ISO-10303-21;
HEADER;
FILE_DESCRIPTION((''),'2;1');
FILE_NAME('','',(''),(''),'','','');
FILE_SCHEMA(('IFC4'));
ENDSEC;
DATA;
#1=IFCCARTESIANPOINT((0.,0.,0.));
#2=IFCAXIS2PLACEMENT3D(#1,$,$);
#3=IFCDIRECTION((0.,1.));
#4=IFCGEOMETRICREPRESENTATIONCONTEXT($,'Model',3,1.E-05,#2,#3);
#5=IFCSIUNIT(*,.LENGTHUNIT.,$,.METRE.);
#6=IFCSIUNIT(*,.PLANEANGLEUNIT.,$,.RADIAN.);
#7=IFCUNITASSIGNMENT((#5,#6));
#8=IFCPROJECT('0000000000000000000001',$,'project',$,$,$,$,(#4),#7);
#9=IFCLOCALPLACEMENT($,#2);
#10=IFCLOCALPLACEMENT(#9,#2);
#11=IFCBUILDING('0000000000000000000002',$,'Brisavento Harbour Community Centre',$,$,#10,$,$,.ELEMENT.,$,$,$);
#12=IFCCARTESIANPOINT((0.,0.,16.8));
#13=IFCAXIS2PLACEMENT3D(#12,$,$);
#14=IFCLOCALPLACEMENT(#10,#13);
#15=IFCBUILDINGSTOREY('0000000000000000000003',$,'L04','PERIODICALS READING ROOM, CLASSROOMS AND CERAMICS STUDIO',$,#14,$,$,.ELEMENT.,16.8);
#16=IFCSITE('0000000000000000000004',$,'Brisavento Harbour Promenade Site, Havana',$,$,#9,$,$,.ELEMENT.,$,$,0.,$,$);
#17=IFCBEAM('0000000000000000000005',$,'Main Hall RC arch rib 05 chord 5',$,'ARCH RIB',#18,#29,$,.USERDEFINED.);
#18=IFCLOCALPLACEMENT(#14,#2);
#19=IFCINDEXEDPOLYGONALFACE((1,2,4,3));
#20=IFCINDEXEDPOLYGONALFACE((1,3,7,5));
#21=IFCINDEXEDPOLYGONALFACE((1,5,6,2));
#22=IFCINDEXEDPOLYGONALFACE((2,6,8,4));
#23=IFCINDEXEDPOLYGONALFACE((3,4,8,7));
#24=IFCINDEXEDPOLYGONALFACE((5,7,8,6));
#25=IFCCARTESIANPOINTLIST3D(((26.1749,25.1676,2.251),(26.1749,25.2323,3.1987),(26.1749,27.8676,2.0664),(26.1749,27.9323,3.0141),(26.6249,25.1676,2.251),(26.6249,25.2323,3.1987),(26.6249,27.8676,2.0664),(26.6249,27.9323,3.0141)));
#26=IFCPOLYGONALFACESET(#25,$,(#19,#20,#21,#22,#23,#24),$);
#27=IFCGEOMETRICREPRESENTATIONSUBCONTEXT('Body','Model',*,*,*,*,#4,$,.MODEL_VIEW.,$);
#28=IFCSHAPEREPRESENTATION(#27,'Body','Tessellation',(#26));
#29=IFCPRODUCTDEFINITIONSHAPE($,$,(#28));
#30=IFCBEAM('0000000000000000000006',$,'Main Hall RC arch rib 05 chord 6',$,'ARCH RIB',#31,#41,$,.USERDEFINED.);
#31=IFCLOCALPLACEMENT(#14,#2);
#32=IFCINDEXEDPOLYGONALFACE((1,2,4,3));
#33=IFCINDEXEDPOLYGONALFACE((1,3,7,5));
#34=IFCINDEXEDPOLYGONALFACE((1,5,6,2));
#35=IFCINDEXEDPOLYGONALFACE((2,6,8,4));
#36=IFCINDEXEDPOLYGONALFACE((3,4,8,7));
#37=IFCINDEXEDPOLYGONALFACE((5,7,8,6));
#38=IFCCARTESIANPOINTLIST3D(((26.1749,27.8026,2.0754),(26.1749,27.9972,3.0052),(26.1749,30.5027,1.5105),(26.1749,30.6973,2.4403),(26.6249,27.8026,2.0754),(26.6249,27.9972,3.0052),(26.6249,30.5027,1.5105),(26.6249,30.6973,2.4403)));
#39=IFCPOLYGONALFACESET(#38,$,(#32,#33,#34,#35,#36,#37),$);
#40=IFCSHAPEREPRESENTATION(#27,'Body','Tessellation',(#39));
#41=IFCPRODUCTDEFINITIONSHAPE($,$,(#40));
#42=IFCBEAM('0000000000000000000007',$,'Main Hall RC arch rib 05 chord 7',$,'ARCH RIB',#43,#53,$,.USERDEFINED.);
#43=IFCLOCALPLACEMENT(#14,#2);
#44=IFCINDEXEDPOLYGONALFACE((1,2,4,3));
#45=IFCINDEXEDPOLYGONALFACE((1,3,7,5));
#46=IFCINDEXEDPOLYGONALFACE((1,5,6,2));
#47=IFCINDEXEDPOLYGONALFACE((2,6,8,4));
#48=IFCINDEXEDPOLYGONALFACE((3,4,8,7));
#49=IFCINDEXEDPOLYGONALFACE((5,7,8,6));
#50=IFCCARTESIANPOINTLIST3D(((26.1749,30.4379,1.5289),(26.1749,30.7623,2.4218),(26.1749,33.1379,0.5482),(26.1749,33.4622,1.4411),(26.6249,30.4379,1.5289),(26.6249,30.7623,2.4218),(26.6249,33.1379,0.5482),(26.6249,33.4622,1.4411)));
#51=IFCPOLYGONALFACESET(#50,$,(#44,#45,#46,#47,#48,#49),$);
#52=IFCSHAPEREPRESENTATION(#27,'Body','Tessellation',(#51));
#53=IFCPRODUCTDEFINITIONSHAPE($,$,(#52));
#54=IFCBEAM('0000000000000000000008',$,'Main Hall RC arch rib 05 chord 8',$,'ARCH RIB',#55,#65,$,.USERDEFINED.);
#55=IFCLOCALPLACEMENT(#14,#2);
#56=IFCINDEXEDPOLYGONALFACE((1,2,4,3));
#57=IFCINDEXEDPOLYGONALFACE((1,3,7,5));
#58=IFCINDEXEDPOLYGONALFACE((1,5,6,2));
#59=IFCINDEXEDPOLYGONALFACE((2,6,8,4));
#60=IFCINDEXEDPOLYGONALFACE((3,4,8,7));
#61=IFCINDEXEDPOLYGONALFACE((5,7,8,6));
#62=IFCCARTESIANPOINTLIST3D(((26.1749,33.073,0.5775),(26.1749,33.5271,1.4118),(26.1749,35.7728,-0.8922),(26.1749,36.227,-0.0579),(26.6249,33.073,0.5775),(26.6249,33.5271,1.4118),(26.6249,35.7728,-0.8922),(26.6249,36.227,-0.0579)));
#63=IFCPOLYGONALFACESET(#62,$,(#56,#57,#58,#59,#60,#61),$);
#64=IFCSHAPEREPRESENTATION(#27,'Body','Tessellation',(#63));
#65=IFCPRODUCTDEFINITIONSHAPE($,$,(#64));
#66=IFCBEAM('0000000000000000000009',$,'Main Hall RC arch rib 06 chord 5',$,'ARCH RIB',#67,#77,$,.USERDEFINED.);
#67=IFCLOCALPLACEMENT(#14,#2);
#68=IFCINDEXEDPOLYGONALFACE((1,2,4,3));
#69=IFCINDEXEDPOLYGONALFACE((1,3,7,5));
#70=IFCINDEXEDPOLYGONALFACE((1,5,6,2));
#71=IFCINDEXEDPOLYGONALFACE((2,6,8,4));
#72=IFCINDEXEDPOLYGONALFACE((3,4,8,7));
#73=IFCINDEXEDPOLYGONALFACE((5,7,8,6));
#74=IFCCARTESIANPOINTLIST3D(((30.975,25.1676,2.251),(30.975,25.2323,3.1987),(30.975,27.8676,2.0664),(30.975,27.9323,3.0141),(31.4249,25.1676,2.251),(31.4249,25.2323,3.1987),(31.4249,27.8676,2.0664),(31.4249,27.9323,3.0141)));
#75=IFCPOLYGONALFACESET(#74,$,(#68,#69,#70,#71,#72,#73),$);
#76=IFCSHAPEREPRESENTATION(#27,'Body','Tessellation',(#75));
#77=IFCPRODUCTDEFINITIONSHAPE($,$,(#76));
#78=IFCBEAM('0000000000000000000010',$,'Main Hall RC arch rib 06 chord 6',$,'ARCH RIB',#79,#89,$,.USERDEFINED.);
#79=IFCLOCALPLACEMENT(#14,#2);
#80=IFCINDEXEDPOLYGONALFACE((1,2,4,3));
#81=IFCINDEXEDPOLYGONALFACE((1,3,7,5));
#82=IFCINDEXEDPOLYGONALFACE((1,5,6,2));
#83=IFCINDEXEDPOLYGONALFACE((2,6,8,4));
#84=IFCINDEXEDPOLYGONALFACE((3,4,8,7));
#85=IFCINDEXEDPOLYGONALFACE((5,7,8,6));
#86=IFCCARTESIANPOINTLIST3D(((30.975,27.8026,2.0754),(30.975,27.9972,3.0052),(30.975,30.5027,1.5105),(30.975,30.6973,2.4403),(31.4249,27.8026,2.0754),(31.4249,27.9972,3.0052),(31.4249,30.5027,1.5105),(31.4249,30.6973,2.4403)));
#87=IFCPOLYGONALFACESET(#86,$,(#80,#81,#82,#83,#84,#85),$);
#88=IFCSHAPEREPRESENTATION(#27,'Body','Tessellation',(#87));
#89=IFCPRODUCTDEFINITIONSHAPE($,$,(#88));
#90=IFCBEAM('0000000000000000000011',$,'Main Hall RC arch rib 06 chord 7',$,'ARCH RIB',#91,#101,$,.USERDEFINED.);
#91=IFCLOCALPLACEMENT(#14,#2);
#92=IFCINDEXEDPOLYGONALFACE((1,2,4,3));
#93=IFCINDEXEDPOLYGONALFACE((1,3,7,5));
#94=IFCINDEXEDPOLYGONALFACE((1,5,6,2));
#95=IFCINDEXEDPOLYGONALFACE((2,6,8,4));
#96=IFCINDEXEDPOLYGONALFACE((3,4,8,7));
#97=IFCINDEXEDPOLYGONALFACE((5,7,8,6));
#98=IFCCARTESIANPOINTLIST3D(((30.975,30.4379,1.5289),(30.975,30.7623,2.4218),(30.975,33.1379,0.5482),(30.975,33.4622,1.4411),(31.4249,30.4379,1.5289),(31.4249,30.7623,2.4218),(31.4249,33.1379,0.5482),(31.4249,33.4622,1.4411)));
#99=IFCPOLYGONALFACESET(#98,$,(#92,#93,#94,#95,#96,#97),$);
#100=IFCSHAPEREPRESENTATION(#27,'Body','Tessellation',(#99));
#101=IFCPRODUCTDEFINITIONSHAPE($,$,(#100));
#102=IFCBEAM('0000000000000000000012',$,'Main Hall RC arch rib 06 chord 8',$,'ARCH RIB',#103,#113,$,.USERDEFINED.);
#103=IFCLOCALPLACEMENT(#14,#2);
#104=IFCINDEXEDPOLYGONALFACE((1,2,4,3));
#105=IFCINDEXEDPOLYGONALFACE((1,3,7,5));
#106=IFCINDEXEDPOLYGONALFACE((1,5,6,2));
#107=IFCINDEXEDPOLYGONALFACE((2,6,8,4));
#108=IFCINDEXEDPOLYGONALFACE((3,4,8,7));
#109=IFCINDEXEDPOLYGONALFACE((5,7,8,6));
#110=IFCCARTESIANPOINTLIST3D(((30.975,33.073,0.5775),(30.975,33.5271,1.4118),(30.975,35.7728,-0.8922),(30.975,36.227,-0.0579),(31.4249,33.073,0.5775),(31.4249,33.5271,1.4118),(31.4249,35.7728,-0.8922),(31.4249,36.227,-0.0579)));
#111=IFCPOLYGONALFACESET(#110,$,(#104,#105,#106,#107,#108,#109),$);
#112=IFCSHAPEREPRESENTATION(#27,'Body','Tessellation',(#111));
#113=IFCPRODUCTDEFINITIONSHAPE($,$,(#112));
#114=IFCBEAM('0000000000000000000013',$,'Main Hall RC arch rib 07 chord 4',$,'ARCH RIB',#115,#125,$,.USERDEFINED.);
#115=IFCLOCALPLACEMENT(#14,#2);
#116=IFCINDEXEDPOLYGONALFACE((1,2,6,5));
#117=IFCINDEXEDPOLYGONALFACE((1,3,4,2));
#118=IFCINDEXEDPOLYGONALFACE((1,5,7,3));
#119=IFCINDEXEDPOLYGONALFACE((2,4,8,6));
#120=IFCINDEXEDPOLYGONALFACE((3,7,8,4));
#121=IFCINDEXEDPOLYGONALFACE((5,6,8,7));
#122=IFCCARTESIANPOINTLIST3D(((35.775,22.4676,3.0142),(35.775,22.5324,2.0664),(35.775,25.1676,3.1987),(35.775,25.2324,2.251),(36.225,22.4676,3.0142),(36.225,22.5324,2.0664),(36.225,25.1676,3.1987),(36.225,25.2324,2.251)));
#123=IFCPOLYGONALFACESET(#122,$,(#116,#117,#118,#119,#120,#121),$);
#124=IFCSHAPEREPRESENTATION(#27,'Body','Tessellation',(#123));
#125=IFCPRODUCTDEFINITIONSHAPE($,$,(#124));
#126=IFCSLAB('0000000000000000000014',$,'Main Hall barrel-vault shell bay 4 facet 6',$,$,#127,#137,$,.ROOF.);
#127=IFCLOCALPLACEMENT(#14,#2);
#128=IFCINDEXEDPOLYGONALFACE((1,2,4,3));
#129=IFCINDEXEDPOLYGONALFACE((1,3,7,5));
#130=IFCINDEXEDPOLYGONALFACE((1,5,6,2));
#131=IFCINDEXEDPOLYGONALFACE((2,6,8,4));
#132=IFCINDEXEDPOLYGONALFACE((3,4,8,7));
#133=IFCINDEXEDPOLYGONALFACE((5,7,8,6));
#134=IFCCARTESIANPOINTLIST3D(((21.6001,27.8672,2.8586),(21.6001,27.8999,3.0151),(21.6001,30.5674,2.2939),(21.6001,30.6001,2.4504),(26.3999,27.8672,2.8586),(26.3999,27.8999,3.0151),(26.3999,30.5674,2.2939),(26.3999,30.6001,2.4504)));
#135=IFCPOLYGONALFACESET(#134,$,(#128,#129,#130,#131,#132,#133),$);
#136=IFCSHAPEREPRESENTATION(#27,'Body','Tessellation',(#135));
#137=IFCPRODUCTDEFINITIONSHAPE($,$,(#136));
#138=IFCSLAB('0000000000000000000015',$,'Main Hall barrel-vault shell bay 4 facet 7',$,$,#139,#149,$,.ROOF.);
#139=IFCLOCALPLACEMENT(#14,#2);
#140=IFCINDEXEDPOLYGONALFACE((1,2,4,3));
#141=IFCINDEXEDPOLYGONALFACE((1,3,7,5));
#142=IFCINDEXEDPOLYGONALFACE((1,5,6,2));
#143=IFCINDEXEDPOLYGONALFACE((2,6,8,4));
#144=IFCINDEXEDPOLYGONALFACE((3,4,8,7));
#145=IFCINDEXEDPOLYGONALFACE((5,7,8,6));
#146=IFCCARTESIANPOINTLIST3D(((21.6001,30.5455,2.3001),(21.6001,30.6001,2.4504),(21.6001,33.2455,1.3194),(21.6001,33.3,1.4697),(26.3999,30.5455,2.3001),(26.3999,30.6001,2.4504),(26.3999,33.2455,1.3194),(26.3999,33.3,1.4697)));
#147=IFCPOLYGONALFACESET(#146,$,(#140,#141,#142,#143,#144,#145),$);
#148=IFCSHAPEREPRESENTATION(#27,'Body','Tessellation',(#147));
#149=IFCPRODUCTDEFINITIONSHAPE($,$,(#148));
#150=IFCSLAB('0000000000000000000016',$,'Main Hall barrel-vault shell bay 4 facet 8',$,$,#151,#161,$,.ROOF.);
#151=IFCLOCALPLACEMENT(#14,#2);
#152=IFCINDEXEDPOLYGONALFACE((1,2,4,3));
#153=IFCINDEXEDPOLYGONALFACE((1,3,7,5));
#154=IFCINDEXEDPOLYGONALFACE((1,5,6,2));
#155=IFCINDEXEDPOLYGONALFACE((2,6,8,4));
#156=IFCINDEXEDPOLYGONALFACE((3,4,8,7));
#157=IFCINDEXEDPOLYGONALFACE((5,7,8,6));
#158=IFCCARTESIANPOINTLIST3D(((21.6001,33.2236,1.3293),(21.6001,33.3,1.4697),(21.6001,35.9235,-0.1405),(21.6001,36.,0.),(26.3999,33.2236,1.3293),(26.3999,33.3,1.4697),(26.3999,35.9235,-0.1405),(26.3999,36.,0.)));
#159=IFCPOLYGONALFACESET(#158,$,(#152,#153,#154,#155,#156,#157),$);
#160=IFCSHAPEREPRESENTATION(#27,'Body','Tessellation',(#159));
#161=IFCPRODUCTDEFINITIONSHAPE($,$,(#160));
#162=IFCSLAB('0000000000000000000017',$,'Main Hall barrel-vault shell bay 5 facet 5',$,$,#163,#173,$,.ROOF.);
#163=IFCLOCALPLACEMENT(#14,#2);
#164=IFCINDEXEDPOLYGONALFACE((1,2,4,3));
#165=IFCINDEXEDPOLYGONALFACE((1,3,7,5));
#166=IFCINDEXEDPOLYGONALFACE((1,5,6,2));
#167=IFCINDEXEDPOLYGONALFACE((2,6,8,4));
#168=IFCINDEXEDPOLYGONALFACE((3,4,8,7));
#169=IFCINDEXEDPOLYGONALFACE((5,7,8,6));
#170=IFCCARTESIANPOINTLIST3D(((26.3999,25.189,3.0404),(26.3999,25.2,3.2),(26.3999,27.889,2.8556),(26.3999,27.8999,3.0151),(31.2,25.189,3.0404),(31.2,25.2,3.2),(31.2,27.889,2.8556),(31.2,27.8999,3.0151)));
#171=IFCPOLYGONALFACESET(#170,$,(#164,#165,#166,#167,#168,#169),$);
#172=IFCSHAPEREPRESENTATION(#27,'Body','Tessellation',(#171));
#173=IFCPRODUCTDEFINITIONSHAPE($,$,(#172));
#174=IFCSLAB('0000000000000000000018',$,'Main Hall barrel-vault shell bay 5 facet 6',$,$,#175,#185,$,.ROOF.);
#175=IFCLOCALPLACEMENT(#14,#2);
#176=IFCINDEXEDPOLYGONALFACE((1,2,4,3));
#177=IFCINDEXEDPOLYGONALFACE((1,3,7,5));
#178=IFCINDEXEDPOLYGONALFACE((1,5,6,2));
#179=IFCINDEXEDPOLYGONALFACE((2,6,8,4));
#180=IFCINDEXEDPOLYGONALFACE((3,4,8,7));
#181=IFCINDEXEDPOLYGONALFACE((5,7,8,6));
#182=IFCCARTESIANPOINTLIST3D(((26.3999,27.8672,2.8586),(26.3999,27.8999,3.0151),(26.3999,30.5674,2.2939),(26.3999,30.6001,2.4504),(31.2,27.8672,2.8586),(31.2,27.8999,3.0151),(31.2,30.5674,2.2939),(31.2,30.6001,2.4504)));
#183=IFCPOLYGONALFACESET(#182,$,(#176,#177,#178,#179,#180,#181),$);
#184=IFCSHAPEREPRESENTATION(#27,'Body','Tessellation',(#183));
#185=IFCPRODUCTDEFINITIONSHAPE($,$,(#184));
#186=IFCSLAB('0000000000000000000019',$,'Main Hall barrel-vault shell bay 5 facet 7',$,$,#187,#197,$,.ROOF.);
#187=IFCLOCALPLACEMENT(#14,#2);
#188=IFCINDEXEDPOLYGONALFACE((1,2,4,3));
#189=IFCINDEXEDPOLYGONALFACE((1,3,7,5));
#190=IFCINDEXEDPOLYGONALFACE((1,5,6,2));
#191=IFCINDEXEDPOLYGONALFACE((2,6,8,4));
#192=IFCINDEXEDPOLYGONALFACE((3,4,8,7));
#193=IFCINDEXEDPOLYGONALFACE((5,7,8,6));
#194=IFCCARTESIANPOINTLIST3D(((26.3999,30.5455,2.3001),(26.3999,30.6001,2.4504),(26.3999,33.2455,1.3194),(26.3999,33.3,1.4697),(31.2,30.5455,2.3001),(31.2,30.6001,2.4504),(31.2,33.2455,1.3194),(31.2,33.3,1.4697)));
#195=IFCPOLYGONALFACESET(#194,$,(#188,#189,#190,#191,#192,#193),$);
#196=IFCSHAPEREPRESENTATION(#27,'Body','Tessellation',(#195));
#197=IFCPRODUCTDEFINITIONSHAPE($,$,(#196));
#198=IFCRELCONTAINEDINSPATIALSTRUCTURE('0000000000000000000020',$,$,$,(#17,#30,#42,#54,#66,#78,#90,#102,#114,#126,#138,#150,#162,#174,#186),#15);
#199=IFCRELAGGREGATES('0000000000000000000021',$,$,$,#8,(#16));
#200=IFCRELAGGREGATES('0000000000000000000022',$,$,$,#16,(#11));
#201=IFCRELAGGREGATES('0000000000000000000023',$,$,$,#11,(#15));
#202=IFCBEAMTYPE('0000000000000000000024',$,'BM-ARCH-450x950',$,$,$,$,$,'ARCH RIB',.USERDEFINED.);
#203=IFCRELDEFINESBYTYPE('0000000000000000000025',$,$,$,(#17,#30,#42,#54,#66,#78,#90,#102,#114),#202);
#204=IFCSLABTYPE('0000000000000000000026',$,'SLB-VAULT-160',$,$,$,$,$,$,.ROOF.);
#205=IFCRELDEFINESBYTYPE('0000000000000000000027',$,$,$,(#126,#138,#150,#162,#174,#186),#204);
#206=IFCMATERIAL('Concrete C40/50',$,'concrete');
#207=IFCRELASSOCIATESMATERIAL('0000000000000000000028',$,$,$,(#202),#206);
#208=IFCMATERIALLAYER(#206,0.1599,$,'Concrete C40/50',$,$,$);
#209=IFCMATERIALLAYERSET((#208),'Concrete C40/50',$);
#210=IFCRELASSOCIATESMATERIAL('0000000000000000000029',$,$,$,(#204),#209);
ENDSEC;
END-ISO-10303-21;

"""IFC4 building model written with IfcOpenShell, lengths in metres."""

from ifc_helpers import new_model, si_unit, direction, frame, origin, origin_2d, place, context, subcontext, project, spatial, polyline, rectangle, outline, extrude, material, layer, layer_set, material_profile, profile_set, type_object, element, save


model = new_model("IFC4")

# Units and contexts
model_context = context("Model", 3, precision=1e-05, world=origin(), true_north=direction((0.0, 1.0)))
body_context = subcontext(model_context, "Body", "Model", "MODEL_VIEW")
ifc_project = project(units=[si_unit("LENGTHUNIT", "METRE"), si_unit("PLANEANGLEUNIT", "RADIAN")], contexts=[model_context])

# Site, building, storey
site_placement = place(None, origin())
site = spatial("IfcSite", under=ifc_project, at=site_placement, Name="Brisavento Harbour Promenade Site, Havana", CompositionType="ELEMENT", RefElevation=0.0)
building_placement = place(site_placement, origin())
building = spatial("IfcBuilding", under=site, at=building_placement, Name="Brisavento Harbour Community Centre", CompositionType="ELEMENT")
storey_placement = place(building_placement, frame((0.0, 0.0, 16.8)))
storey = spatial("IfcBuildingStorey", under=building, at=storey_placement, Name="L04", Description="PERIODICALS READING ROOM, CLASSROOMS AND CERAMICS STUDIO", CompositionType="ELEMENT", Elevation=16.8)

# Beams
ifc_material = material(Name="Concrete C40/50", Category="concrete")
ifc_material_profile = material_profile(ifc_material, rectangle(XDim=0.45, YDim=0.95, at=origin_2d()), Name="Concrete C40/50")
ifc_profile_set = profile_set([ifc_material_profile], Name="Concrete C40/50")
beam_type = type_object("IfcBeamType", Name="BM-ARCH-450x950", ElementType="ARCH RIB", PredefinedType="USERDEFINED", material=ifc_profile_set)
beam_1_placement = place(storey_placement, frame((26.3999, 25.2, 2.7249), z_axis=(0.0, 0.997672, -0.068201), x_axis=(-1.0, 0.0, 0.0)))
element("IfcBeam", 1, at=beam_1_placement, inside=storey, type_object=beam_type, Name="Main Hall RC arch rib 05 chord 5", ObjectType="ARCH RIB", PredefinedType="USERDEFINED", context=body_context, shape_type="SweptSolid", body=[
    extrude(rectangle(XDim=0.45, YDim=0.95, at=origin_2d()), origin(), (0.0, 0.0, 1.0), 2.7063),
])
beam_2_placement = place(storey_placement, frame((26.3999, 27.8999, 2.5403), z_axis=(0.0, 0.978806, -0.204788), x_axis=(-1.0, 0.0, 0.0)))
element("IfcBeam", 2, at=beam_2_placement, inside=storey, type_object=beam_type, Name="Main Hall RC arch rib 05 chord 6", ObjectType="ARCH RIB", PredefinedType="USERDEFINED", context=body_context, shape_type="SweptSolid", body=[
    extrude(rectangle(XDim=0.45, YDim=0.95, at=origin_2d()), origin(), (0.0, 0.0, 1.0), 2.7585),
])
beam_3_placement = place(storey_placement, frame((26.3999, 30.6001, 1.9753), z_axis=(0.0, 0.939915, -0.341409), x_axis=(-1.0, 0.0, 0.0)))
element("IfcBeam", 3, at=beam_3_placement, inside=storey, type_object=beam_type, Name="Main Hall RC arch rib 05 chord 7", ObjectType="ARCH RIB", PredefinedType="USERDEFINED", context=body_context, shape_type="SweptSolid", body=[
    extrude(rectangle(XDim=0.45, YDim=0.95, at=origin_2d()), origin(), (0.0, 0.0, 1.0), 2.8726),
])
beam_4_placement = place(storey_placement, frame((26.3999, 33.3, 0.9946), z_axis=(0.0, 0.878302, -0.478106), x_axis=(-1.0, 0.0, 0.0)))
element("IfcBeam", 4, at=beam_4_placement, inside=storey, type_object=beam_type, Name="Main Hall RC arch rib 05 chord 8", ObjectType="ARCH RIB", PredefinedType="USERDEFINED", context=body_context, shape_type="SweptSolid", body=[
    extrude(rectangle(XDim=0.45, YDim=0.95, at=origin_2d()), origin(), (0.0, 0.0, 1.0), 3.074),
])
beam_5_placement = place(storey_placement, frame((31.2, 25.2, 2.7249), z_axis=(0.0, 0.997672, -0.068201), x_axis=(-1.0, 0.0, 0.0)))
element("IfcBeam", 5, at=beam_5_placement, inside=storey, type_object=beam_type, Name="Main Hall RC arch rib 06 chord 5", ObjectType="ARCH RIB", PredefinedType="USERDEFINED", context=body_context, shape_type="SweptSolid", body=[
    extrude(rectangle(XDim=0.45, YDim=0.95, at=origin_2d()), origin(), (0.0, 0.0, 1.0), 2.7063),
])
beam_6_placement = place(storey_placement, frame((31.2, 27.8999, 2.5403), z_axis=(0.0, 0.978806, -0.204788), x_axis=(-1.0, 0.0, 0.0)))
element("IfcBeam", 6, at=beam_6_placement, inside=storey, type_object=beam_type, Name="Main Hall RC arch rib 06 chord 6", ObjectType="ARCH RIB", PredefinedType="USERDEFINED", context=body_context, shape_type="SweptSolid", body=[
    extrude(rectangle(XDim=0.45, YDim=0.95, at=origin_2d()), origin(), (0.0, 0.0, 1.0), 2.7585),
])
beam_7_placement = place(storey_placement, frame((31.2, 30.6001, 1.9753), z_axis=(0.0, 0.939915, -0.341409), x_axis=(-1.0, 0.0, 0.0)))
element("IfcBeam", 7, at=beam_7_placement, inside=storey, type_object=beam_type, Name="Main Hall RC arch rib 06 chord 7", ObjectType="ARCH RIB", PredefinedType="USERDEFINED", context=body_context, shape_type="SweptSolid", body=[
    extrude(rectangle(XDim=0.45, YDim=0.95, at=origin_2d()), origin(), (0.0, 0.0, 1.0), 2.8726),
])
beam_8_placement = place(storey_placement, frame((31.2, 33.3, 0.9946), z_axis=(0.0, 0.878302, -0.478106), x_axis=(-1.0, 0.0, 0.0)))
element("IfcBeam", 8, at=beam_8_placement, inside=storey, type_object=beam_type, Name="Main Hall RC arch rib 06 chord 8", ObjectType="ARCH RIB", PredefinedType="USERDEFINED", context=body_context, shape_type="SweptSolid", body=[
    extrude(rectangle(XDim=0.45, YDim=0.95, at=origin_2d()), origin(), (0.0, 0.0, 1.0), 3.074),
])
beam_9_placement = place(storey_placement, frame((36.0, 22.5, 2.5403), z_axis=(0.0, 0.997672, 0.068201), x_axis=(-1.0, 0.0, 0.0)))
element("IfcBeam", 9, at=beam_9_placement, inside=storey, type_object=beam_type, Name="Main Hall RC arch rib 07 chord 4", ObjectType="ARCH RIB", PredefinedType="USERDEFINED", context=body_context, shape_type="SweptSolid", body=[
    extrude(rectangle(XDim=0.45, YDim=0.95, at=origin_2d()), origin(), (0.0, 0.0, 1.0), 2.7063),
])

# Slabs
ifc_layer = layer(ifc_material, 0.1599, Name="Concrete C40/50")
ifc_layer_set = layer_set([ifc_layer], Name="Concrete C40/50")
slab_type = type_object("IfcSlabType", Name="SLB-VAULT-160", PredefinedType="ROOF", material=ifc_layer_set)
slab_1_placement = place(storey_placement, frame((21.6001, 27.8999, 3.0151), z_axis=(0.0, 0.204703, 0.978824), x_axis=(1.0, 0.0, 0.0)))
element("IfcSlab", 10, at=slab_1_placement, inside=storey, type_object=slab_type, Name="Main Hall barrel-vault shell bay 4 facet 6", PredefinedType="ROOF", context=body_context, shape_type="SweptSolid", body=[
    extrude(outline(polyline([(0.0, 0.0), (4.7998, 0.0), (4.7998, 2.7586), (0.0, 2.7586), (0.0, 0.0)])), origin(), (0.0, 0.0, -1.0), 0.1599),
])
slab_2_placement = place(storey_placement, frame((21.6001, 30.6001, 2.4504), z_axis=(0.0, 0.341409, 0.939915), x_axis=(1.0, 0.0, 0.0)))
element("IfcSlab", 11, at=slab_2_placement, inside=storey, type_object=slab_type, Name="Main Hall barrel-vault shell bay 4 facet 7", PredefinedType="ROOF", context=body_context, shape_type="SweptSolid", body=[
    extrude(outline(polyline([(0.0, 0.0), (4.7998, 0.0), (4.7998, 2.8725), (0.0, 2.8725), (0.0, 0.0)])), origin(), (0.0, 0.0, -1.0), 0.1599),
])
slab_3_placement = place(storey_placement, frame((21.6001, 33.3, 1.4697), z_axis=(0.0, 0.478106, 0.878302), x_axis=(1.0, 0.0, 0.0)))
element("IfcSlab", 12, at=slab_3_placement, inside=storey, type_object=slab_type, Name="Main Hall barrel-vault shell bay 4 facet 8", PredefinedType="ROOF", context=body_context, shape_type="SweptSolid", body=[
    extrude(outline(polyline([(0.0, 0.0), (4.7998, 0.0), (4.7998, 3.0741), (0.0, 3.0741), (0.0, 0.0)])), origin(), (0.0, 0.0, -1.0), 0.1599),
])
slab_4_placement = place(storey_placement, frame((26.3999, 25.2, 3.2), z_axis=(0.0, 0.068291, 0.997665), x_axis=(1.0, 0.0, 0.0)))
element("IfcSlab", 13, at=slab_4_placement, inside=storey, type_object=slab_type, Name="Main Hall barrel-vault shell bay 5 facet 5", PredefinedType="ROOF", context=body_context, shape_type="SweptSolid", body=[
    extrude(outline(polyline([(0.0, 0.0), (4.8, 0.0), (4.8, 2.7063), (0.0, 2.7063), (0.0, 0.0)])), origin(), (0.0, 0.0, -1.0), 0.1599),
])
slab_5_placement = place(storey_placement, frame((26.3999, 27.8999, 3.0151), z_axis=(0.0, 0.204703, 0.978824), x_axis=(1.0, 0.0, 0.0)))
element("IfcSlab", 14, at=slab_5_placement, inside=storey, type_object=slab_type, Name="Main Hall barrel-vault shell bay 5 facet 6", PredefinedType="ROOF", context=body_context, shape_type="SweptSolid", body=[
    extrude(outline(polyline([(0.0, 0.0), (4.8, 0.0), (4.8, 2.7586), (0.0, 2.7586), (0.0, 0.0)])), origin(), (0.0, 0.0, -1.0), 0.1599),
])
slab_6_placement = place(storey_placement, frame((26.3999, 30.6001, 2.4504), z_axis=(0.0, 0.341409, 0.939915), x_axis=(1.0, 0.0, 0.0)))
element("IfcSlab", 15, at=slab_6_placement, inside=storey, type_object=slab_type, Name="Main Hall barrel-vault shell bay 5 facet 7", PredefinedType="ROOF", context=body_context, shape_type="SweptSolid", body=[
    extrude(outline(polyline([(0.0, 0.0), (4.8, 0.0), (4.8, 2.8725), (0.0, 2.8725), (0.0, 0.0)])), origin(), (0.0, 0.0, -1.0), 0.1599),
])

save(model, "model.ifc")
